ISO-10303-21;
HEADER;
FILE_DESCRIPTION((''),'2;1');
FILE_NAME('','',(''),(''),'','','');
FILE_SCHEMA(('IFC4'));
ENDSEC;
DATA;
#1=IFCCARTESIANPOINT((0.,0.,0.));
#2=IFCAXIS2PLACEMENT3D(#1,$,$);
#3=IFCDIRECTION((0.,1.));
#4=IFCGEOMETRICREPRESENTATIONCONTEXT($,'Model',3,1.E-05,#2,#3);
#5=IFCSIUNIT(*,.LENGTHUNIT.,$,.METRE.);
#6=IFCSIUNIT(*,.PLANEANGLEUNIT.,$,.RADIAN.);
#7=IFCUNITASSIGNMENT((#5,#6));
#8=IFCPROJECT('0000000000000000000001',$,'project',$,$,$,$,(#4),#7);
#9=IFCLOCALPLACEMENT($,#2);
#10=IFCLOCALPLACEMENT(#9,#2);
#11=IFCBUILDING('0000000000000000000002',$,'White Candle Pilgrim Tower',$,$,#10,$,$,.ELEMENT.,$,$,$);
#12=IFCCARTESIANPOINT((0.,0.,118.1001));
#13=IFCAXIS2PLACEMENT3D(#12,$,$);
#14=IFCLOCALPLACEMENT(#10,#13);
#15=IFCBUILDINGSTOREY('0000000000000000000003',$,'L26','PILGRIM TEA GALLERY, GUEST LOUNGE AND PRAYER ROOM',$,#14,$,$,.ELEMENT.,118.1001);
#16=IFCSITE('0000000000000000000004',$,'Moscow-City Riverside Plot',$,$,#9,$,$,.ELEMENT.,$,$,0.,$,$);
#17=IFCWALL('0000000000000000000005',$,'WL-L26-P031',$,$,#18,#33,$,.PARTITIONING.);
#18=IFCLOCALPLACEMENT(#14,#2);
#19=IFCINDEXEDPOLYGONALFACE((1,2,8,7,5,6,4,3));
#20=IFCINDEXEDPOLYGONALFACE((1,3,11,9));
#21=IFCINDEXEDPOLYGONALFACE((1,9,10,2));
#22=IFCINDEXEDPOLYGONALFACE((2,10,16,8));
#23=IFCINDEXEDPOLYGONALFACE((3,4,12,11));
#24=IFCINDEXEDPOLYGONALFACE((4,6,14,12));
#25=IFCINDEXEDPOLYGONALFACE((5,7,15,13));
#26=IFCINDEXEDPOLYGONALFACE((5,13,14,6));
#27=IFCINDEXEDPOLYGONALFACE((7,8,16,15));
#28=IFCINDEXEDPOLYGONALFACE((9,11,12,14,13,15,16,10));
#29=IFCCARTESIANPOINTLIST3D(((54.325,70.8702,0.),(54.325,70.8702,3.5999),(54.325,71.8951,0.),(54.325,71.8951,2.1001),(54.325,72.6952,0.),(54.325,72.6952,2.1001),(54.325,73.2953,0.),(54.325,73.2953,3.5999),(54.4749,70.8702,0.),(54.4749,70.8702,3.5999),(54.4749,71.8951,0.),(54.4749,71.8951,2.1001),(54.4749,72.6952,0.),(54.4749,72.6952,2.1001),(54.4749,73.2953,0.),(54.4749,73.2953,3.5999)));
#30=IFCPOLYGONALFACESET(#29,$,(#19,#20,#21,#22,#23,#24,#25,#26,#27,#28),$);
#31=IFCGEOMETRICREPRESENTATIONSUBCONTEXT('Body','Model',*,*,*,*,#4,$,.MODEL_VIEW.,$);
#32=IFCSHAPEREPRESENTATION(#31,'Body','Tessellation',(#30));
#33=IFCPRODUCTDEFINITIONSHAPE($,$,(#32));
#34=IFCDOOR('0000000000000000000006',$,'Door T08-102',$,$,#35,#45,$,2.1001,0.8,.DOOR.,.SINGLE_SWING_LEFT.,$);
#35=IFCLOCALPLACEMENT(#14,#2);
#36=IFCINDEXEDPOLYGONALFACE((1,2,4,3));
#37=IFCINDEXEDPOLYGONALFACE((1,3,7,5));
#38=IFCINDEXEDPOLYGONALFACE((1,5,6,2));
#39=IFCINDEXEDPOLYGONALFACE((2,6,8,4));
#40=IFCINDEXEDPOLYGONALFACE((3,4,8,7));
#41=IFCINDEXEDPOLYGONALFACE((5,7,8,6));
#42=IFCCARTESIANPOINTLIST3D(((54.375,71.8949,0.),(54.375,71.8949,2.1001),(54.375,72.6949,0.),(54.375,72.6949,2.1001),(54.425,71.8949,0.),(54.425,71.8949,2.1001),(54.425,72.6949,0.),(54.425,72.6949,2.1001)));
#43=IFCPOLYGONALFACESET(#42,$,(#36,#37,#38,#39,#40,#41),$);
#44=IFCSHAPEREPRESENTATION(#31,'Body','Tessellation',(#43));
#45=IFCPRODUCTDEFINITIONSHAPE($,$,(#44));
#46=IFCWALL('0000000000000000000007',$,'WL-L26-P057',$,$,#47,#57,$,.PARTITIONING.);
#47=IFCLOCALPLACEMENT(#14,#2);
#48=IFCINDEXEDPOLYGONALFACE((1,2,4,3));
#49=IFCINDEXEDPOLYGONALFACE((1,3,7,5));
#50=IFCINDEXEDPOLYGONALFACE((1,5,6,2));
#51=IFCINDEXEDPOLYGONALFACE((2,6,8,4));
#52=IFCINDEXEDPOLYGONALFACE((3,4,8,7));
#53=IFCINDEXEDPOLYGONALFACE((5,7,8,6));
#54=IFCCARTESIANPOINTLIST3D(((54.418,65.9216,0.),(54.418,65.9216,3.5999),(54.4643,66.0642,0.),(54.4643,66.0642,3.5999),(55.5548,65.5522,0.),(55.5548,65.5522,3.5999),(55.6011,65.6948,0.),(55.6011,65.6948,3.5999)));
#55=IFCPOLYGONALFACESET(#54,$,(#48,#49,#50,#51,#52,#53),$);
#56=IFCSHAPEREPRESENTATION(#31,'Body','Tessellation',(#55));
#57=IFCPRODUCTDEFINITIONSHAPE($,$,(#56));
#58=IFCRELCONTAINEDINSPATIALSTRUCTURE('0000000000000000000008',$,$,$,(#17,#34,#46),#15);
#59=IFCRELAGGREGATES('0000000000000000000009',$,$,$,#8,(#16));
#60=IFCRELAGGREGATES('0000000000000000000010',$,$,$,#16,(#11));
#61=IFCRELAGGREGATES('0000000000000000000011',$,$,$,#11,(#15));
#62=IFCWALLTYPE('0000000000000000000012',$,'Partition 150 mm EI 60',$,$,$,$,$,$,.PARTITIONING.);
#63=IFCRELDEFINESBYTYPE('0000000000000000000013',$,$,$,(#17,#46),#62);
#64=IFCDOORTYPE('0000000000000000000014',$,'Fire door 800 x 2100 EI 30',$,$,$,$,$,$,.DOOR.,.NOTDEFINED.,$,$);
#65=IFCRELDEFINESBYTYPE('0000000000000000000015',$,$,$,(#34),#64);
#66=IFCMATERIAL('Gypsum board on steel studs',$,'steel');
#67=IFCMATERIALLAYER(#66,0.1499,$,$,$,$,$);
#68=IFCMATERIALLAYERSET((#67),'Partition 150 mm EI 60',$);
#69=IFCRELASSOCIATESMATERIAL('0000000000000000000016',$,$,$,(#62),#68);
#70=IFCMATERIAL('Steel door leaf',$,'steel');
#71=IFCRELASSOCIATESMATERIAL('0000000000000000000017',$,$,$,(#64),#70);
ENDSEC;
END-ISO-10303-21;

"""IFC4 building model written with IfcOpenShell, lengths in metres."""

from ifc_helpers import new_model, si_unit, direction, frame, frame_2d, origin, place, context, subcontext, project, spatial, rectangle, extrude, material, layer, layer_set, type_object, element, fill, save


model = new_model("IFC4")

# Units and contexts
model_context = context("Model", 3, precision=1e-05, world=origin(), true_north=direction((0.0, 1.0)))
body_context = subcontext(model_context, "Body", "Model", "MODEL_VIEW")
ifc_project = project(units=[si_unit("LENGTHUNIT", "METRE"), si_unit("PLANEANGLEUNIT", "RADIAN")], contexts=[model_context])

# Site, building, storey
site_placement = place(None, origin())
site = spatial("IfcSite", under=ifc_project, at=site_placement, Name="Moscow-City Riverside Plot", CompositionType="ELEMENT", RefElevation=0.0)
building_placement = place(site_placement, origin())
building = spatial("IfcBuilding", under=site, at=building_placement, Name="White Candle Pilgrim Tower", CompositionType="ELEMENT")
storey_placement = place(building_placement, frame((0.0, 0.0, 118.1001)))
storey = spatial("IfcBuildingStorey", under=building, at=storey_placement, Name="L26", Description="PILGRIM TEA GALLERY, GUEST LOUNGE AND PRAYER ROOM", CompositionType="ELEMENT", Elevation=118.1001)

# Shared definitions
ifc_material_1 = material(Name="Gypsum board on steel studs", Category="steel")
ifc_material_2 = material(Name="Steel door leaf", Category="steel")

# Shared definitions
ifc_layer_1 = layer(ifc_material_1, 0.1499)
ifc_layer_set_1 = layer_set([ifc_layer_1], Name="Partition 150 mm EI 60")
wall_type_1 = type_object("IfcWallType", Name="Partition 150 mm EI 60", PredefinedType="PARTITIONING", material=ifc_layer_set_1)

# Wall, opening, door
wall_1_placement = place(storey_placement, frame((54.3999, 73.2952, 0.0), z_axis=(0.0, 0.0, 1.0), x_axis=(0.0, -1.0, 0.0)))
wall_1 = element("IfcWall", 1, at=wall_1_placement, inside=storey, type_object=wall_type_1, Name="WL-L26-P031", PredefinedType="PARTITIONING", context=body_context, shape_type="SweptSolid", body=[
    extrude(rectangle(XDim=2.425, YDim=0.1499, at=frame_2d((1.2124, 0.0))), origin(), (0.0, 0.0, 1.0), 3.5999),
])
opening_1_placement = place(wall_1_placement, frame((0.6001, 0.0, 0.0)))
opening_1 = element("IfcOpeningElement", 2, at=opening_1_placement, cuts=wall_1, PredefinedType="OPENING", context=body_context, shape_type="SweptSolid", body=[
    extrude(rectangle(XDim=0.8, YDim=2.1001, at=frame_2d((0.3999, 1.05))), frame((0.0, 0.085, 0.0), z_axis=(0.0, -1.0, 0.0), x_axis=(1.0, 0.0, 0.0)), (0.0, 0.0, 1.0), 0.1699),
])
door_type_1 = type_object("IfcDoorType", Name="Fire door 800 x 2100 EI 30", OperationType="NOTDEFINED", PredefinedType="DOOR", material=ifc_material_2)
door_1_placement = place(opening_1_placement, frame((0.8, 0.0, 0.0), z_axis=(0.0, 0.0, 1.0), x_axis=(-1.0, 0.0, 0.0)))
door_1 = element("IfcDoor", 3, at=door_1_placement, inside=storey, type_object=door_type_1, Name="Door T08-102", OperationType="SINGLE_SWING_LEFT", OverallHeight=2.1001, OverallWidth=0.8, PredefinedType="DOOR", context=body_context, shape_type="SweptSolid", body=[
    extrude(rectangle(XDim=0.8, YDim=2.1001, at=frame_2d((0.3999, 1.05))), frame((0.0, 0.0249, 0.0), z_axis=(0.0, -1.0, 0.0), x_axis=(1.0, 0.0, 0.0)), (0.0, 0.0, 1.0), 0.05),
])
fill(opening_1, door_1)

# Wall
wall_2_placement = place(storey_placement, frame((54.4412, 65.9929, 0.0), z_axis=(0.0, 0.0, 1.0), x_axis=(0.951046, -0.309049, 0.0)))
element("IfcWall", 4, at=wall_2_placement, inside=storey, type_object=wall_type_1, Name="WL-L26-P057", PredefinedType="PARTITIONING", context=body_context, shape_type="SweptSolid", body=[
    extrude(rectangle(XDim=1.1953, YDim=0.1499, at=frame_2d((0.5977, 0.0))), origin(), (0.0, 0.0, 1.0), 3.5999),
])

save(model, "model.ifc")
